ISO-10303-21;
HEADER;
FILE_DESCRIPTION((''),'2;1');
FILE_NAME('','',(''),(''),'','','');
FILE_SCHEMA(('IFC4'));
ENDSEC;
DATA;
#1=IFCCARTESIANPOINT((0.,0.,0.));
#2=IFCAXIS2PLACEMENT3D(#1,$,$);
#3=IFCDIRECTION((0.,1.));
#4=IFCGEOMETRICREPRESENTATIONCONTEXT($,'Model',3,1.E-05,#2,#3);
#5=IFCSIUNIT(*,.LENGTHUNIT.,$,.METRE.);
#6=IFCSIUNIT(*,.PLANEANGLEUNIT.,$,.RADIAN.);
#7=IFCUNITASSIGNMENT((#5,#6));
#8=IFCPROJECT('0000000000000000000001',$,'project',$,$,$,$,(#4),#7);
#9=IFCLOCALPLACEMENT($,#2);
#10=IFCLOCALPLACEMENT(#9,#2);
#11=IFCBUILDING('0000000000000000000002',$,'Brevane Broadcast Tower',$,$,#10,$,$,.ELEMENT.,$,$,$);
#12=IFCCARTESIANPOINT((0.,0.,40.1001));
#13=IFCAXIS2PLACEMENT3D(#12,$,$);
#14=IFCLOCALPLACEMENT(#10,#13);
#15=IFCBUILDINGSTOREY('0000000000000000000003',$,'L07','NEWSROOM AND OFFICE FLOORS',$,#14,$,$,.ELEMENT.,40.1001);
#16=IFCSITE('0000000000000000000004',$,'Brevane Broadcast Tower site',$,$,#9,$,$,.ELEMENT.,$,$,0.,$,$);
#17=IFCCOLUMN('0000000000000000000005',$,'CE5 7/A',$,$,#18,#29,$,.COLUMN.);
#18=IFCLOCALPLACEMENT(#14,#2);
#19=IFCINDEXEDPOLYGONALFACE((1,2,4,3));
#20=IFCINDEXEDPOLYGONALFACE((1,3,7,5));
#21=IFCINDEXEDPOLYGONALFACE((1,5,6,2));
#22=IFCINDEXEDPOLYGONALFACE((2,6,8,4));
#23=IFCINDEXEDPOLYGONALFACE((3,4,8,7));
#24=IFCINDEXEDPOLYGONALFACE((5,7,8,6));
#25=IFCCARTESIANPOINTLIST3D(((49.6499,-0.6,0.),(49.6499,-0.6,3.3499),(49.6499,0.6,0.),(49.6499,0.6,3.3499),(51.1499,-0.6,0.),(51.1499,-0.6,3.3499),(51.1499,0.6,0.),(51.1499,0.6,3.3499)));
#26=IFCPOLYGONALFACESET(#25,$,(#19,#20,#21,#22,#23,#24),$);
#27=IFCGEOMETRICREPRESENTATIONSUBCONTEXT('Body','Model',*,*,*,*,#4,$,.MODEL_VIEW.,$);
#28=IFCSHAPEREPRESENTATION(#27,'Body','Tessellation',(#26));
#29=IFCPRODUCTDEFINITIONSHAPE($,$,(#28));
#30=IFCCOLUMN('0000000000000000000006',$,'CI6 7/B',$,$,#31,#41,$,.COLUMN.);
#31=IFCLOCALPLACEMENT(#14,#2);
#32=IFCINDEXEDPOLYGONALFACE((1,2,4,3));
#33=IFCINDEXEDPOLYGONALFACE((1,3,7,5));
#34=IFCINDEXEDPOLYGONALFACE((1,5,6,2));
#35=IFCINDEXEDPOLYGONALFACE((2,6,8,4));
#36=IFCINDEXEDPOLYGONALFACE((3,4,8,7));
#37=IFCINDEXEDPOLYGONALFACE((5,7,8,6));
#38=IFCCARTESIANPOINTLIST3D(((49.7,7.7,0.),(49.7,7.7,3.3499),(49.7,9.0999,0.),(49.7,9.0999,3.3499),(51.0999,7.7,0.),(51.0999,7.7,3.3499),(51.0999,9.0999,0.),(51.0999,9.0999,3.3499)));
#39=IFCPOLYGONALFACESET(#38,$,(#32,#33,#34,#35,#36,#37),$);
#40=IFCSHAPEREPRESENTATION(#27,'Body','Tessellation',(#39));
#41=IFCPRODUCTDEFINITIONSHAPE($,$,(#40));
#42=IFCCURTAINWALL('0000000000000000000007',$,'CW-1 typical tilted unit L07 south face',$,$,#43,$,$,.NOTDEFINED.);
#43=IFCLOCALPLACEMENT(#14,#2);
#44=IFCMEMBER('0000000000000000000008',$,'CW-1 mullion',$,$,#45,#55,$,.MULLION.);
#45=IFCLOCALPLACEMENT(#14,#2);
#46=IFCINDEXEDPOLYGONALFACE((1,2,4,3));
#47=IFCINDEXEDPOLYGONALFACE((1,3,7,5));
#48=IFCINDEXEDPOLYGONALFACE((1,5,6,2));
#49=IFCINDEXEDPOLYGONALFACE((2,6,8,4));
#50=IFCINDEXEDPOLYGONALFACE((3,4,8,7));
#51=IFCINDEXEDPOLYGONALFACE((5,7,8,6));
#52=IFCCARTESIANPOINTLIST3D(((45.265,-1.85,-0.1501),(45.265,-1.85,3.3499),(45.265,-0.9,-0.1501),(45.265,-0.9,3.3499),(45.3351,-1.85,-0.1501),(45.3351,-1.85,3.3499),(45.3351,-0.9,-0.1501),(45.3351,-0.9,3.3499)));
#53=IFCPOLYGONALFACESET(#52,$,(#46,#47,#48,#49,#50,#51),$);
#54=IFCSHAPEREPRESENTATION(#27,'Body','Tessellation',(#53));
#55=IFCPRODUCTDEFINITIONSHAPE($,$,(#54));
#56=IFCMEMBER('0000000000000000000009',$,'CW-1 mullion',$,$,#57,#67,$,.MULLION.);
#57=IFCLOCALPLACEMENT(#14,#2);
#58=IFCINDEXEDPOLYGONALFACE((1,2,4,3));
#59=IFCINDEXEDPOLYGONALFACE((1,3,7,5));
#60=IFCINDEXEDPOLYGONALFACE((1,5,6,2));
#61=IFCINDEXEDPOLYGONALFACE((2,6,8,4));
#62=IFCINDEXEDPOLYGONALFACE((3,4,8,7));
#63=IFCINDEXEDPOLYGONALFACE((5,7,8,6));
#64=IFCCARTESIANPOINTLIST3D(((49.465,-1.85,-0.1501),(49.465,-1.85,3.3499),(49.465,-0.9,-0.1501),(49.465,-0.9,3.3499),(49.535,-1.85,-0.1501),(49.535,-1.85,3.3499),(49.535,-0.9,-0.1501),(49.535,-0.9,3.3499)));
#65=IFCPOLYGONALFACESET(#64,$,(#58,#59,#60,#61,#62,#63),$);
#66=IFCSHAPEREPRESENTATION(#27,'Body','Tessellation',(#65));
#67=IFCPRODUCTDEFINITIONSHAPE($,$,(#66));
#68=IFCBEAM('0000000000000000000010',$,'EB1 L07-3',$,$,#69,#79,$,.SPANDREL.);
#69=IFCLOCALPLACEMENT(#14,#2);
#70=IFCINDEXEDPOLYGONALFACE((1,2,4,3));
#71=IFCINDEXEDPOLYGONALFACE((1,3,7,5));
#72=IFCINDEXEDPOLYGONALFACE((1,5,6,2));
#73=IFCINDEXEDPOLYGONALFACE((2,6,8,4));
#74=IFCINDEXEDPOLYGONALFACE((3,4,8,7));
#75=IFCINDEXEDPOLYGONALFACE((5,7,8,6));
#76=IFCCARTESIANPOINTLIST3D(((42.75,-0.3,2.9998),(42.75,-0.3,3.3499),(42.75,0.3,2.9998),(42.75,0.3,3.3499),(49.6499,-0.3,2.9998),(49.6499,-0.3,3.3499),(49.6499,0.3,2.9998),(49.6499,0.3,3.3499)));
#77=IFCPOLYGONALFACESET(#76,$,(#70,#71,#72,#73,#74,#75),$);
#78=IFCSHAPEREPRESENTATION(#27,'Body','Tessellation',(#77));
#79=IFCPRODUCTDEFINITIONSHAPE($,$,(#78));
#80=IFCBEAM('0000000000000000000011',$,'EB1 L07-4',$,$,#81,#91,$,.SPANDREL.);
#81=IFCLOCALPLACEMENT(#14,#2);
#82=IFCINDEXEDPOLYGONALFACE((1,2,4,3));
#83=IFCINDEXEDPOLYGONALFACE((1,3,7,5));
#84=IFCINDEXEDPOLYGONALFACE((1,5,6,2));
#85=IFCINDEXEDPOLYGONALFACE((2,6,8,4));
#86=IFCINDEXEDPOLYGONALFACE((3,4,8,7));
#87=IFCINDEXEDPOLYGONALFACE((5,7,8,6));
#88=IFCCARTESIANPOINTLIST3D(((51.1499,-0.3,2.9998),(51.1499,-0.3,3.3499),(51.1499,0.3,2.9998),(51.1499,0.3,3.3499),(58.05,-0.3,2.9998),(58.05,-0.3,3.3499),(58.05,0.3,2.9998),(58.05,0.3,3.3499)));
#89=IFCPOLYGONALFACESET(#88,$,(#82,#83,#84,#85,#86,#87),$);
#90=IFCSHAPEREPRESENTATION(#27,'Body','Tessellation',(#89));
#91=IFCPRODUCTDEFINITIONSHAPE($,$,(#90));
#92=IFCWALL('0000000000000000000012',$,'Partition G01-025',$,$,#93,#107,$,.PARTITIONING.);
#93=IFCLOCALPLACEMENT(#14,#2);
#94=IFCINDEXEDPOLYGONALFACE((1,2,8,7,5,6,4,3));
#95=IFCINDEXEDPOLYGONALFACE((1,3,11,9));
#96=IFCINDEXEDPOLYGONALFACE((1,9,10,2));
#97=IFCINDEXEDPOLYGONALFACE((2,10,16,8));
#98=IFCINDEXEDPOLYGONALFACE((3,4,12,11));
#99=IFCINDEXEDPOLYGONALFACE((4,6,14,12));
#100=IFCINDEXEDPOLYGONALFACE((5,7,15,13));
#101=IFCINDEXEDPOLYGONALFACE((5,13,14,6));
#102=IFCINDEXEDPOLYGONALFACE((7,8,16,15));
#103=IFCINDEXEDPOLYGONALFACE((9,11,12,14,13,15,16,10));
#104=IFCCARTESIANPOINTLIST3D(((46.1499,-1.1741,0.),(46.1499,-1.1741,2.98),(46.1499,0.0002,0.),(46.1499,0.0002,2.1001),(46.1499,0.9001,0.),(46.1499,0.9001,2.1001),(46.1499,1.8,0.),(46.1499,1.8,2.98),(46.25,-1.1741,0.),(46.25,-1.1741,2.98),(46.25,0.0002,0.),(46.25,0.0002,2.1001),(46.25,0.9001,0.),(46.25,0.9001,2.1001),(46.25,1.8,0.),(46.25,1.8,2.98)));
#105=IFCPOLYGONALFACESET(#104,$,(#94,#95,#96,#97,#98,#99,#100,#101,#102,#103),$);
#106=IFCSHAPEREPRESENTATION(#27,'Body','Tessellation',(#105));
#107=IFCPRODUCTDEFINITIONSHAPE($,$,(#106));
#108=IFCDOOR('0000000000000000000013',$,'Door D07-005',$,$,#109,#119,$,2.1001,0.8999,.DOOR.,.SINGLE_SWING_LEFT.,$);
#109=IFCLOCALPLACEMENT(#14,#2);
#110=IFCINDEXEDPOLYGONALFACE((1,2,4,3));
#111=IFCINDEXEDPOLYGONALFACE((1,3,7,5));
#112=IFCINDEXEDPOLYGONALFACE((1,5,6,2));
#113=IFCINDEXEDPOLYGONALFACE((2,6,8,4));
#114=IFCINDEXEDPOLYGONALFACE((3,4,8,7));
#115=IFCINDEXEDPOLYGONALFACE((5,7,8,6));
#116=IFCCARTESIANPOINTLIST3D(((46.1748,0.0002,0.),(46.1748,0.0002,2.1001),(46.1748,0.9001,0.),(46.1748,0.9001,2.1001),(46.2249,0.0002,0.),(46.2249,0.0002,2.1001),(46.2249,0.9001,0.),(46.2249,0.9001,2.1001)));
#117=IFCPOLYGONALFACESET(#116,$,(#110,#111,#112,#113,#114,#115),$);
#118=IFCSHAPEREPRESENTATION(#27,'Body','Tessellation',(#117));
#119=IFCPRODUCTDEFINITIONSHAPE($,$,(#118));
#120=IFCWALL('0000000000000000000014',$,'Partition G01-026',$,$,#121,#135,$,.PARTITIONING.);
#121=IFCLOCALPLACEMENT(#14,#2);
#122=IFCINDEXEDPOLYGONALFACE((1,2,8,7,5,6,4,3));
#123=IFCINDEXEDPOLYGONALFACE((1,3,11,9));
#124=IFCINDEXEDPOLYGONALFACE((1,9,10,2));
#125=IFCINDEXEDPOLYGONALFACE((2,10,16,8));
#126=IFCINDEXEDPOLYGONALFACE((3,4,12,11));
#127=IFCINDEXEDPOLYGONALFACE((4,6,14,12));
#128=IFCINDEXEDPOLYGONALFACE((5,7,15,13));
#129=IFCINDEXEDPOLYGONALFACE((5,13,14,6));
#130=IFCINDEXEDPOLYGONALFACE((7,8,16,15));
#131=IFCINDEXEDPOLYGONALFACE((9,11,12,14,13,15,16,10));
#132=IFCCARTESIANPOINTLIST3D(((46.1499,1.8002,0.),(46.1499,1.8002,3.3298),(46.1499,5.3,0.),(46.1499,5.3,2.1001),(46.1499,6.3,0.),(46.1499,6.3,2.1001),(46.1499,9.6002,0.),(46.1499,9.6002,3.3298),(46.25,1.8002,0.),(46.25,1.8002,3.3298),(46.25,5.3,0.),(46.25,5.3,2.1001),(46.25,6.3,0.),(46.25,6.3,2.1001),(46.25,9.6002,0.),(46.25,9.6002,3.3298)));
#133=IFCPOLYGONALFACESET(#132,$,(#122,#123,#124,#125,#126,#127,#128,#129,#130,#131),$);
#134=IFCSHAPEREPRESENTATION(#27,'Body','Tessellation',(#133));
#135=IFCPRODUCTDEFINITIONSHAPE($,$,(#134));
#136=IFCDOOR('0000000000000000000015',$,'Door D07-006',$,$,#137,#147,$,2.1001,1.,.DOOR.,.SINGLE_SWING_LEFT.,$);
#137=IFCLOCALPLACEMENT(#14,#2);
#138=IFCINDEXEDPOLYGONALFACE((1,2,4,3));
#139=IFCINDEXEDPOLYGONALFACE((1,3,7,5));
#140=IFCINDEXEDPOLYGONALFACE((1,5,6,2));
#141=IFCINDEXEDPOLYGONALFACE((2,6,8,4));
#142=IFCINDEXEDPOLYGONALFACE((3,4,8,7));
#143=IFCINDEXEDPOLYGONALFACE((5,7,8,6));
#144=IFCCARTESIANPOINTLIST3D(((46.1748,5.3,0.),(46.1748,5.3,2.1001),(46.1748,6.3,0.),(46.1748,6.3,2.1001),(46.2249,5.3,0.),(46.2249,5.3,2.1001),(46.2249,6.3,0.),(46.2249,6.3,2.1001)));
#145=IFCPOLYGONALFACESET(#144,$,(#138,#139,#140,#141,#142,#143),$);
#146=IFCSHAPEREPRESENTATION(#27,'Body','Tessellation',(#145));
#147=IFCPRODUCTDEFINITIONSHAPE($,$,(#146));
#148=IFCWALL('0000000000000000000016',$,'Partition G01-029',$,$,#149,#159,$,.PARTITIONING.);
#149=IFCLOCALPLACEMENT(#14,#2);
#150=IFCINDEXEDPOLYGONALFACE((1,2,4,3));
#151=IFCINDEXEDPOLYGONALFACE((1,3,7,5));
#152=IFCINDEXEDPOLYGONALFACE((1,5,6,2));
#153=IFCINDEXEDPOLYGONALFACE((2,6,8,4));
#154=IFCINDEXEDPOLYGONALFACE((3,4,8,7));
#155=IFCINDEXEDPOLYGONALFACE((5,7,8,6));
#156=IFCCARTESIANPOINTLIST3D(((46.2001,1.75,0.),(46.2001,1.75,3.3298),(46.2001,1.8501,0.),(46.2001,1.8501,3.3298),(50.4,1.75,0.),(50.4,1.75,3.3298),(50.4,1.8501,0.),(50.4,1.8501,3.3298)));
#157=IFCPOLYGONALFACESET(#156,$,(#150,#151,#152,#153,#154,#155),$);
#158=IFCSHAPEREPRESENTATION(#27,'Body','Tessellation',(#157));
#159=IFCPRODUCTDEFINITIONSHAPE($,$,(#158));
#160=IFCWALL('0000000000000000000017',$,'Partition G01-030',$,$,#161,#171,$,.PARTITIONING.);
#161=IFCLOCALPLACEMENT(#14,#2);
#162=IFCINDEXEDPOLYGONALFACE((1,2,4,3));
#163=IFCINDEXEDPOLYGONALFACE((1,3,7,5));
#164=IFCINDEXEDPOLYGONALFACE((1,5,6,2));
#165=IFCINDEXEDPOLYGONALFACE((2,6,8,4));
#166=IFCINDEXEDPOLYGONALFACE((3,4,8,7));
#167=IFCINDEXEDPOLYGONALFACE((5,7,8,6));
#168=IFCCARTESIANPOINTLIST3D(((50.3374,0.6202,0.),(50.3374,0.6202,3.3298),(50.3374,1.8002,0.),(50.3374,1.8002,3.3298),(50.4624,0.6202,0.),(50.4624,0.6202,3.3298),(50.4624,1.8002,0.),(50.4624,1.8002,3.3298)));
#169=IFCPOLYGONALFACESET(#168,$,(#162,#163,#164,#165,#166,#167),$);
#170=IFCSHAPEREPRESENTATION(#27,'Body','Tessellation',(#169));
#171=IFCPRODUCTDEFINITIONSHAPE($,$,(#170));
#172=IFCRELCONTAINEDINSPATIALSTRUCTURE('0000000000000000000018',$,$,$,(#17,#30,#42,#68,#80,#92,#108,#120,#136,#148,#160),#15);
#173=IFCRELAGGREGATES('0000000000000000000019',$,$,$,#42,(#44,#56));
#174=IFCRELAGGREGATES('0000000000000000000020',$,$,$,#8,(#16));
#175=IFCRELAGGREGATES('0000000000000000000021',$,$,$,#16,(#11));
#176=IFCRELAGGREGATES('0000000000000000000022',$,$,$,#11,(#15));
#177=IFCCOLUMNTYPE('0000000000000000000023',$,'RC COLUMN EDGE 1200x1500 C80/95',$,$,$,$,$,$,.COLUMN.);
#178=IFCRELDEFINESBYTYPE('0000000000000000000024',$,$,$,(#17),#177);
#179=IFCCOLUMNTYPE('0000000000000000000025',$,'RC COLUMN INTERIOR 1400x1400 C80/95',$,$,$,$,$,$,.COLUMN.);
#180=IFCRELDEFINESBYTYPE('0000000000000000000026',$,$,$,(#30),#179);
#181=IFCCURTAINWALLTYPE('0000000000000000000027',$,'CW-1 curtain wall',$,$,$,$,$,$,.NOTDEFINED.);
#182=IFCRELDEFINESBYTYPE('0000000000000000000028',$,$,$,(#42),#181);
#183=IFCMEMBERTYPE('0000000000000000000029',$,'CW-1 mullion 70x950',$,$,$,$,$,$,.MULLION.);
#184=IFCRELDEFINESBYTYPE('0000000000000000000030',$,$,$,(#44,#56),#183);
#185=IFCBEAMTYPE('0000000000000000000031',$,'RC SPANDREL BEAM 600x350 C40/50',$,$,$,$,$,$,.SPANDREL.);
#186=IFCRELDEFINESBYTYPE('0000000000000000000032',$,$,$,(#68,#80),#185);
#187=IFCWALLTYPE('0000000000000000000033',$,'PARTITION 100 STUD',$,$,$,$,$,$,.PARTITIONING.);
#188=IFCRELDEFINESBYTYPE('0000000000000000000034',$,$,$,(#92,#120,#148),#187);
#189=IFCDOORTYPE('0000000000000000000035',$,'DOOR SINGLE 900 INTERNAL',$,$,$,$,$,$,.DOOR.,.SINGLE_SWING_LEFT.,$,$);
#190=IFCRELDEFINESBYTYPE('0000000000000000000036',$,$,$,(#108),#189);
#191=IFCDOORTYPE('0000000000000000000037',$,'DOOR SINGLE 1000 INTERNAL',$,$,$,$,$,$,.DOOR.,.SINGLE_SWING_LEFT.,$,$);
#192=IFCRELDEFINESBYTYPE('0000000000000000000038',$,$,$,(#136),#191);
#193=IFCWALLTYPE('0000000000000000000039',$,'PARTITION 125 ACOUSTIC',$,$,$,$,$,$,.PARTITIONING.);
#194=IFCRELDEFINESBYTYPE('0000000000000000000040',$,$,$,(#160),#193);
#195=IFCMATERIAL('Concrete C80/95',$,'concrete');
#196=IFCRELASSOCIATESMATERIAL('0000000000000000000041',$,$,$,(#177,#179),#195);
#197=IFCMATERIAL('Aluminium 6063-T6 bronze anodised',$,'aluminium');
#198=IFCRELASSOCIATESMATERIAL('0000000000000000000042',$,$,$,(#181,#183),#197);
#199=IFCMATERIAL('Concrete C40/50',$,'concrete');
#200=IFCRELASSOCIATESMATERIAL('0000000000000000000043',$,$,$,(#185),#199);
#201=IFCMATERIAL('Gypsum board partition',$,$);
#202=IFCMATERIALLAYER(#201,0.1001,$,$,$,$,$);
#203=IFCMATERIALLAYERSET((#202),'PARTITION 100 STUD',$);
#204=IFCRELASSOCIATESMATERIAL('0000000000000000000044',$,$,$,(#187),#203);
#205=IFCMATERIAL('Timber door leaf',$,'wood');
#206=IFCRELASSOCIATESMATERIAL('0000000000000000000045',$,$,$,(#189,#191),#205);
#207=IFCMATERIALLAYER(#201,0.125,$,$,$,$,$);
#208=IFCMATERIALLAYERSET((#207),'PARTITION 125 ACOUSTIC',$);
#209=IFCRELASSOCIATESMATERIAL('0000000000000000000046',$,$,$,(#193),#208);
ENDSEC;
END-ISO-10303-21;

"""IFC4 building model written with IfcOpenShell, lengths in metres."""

from ifc_helpers import new_model, si_unit, direction, frame, frame_2d, origin, origin_2d, place, context, subcontext, project, spatial, rectangle, extrude, material, layer, layer_set, material_profile, profile_set, type_object, element, fill, aggregate, save


model = new_model("IFC4")

# Units and contexts
model_context = context("Model", 3, precision=1e-05, world=origin(), true_north=direction((0.0, 1.0)))
body_context = subcontext(model_context, "Body", "Model", "MODEL_VIEW")
ifc_project = project(units=[si_unit("LENGTHUNIT", "METRE"), si_unit("PLANEANGLEUNIT", "RADIAN")], contexts=[model_context])

# Site, building, storey
site_placement = place(None, origin())
site = spatial("IfcSite", under=ifc_project, at=site_placement, Name="Brevane Broadcast Tower site", CompositionType="ELEMENT", RefElevation=0.0)
building_placement = place(site_placement, origin())
building = spatial("IfcBuilding", under=site, at=building_placement, Name="Brevane Broadcast Tower", CompositionType="ELEMENT")
storey_placement = place(building_placement, frame((0.0, 0.0, 40.1001)))
storey = spatial("IfcBuildingStorey", under=building, at=storey_placement, Name="L07", Description="NEWSROOM AND OFFICE FLOORS", CompositionType="ELEMENT", Elevation=40.1001)

# Columns
ifc_material_1 = material(Name="Concrete C80/95", Category="concrete")
ifc_material_profile_1 = material_profile(ifc_material_1, rectangle(XDim=1.2, YDim=1.5, at=origin_2d()), Name="RC 1200x1500")
ifc_profile_set_1 = profile_set([ifc_material_profile_1], Name="Concrete C80/95")
column_type_1 = type_object("IfcColumnType", Name="RC COLUMN EDGE 1200x1500 C80/95", PredefinedType="COLUMN", material=ifc_profile_set_1)
column_1_placement = place(storey_placement, frame((50.3999, 0.0, 0.0), z_axis=(0.0, 0.0, 1.0), x_axis=(0.0, 1.0, 0.0)))
element("IfcColumn", 1, at=column_1_placement, inside=storey, type_object=column_type_1, Name="CE5 7/A", PredefinedType="COLUMN", context=body_context, shape_type="SweptSolid", body=[
    extrude(rectangle(XDim=1.2, YDim=1.5, at=origin_2d()), origin(), (0.0, 0.0, 1.0), 3.3499),
])
ifc_material_profile_2 = material_profile(ifc_material_1, rectangle(XDim=1.3999, YDim=1.3999, at=origin_2d()), Name="RC 1400x1400")
ifc_profile_set_2 = profile_set([ifc_material_profile_2], Name="Concrete C80/95")
column_type_2 = type_object("IfcColumnType", Name="RC COLUMN INTERIOR 1400x1400 C80/95", PredefinedType="COLUMN", material=ifc_profile_set_2)
column_2_placement = place(storey_placement, frame((50.3999, 8.3999, 0.0), z_axis=(0.0, 0.0, 1.0), x_axis=(1.0, 0.0, 0.0)))
element("IfcColumn", 2, at=column_2_placement, inside=storey, type_object=column_type_2, Name="CI6 7/B", PredefinedType="COLUMN", context=body_context, shape_type="SweptSolid", body=[
    extrude(rectangle(XDim=1.3999, YDim=1.3999, at=origin_2d()), origin(), (0.0, 0.0, 1.0), 3.3499),
])

# Curtain wall, members
ifc_material_2 = material(Name="Aluminium 6063-T6 bronze anodised", Category="aluminium")
curtain_wall_type = type_object("IfcCurtainWallType", Name="CW-1 curtain wall", PredefinedType="NOTDEFINED", material=ifc_material_2)
curtain_wall_placement = place(storey_placement, origin())
curtain_wall = element("IfcCurtainWall", 3, at=curtain_wall_placement, inside=storey, type_object=curtain_wall_type, Name="CW-1 typical tilted unit L07 south face", PredefinedType="NOTDEFINED")
ifc_material_profile_3 = material_profile(ifc_material_2, rectangle(XDim=0.95, YDim=0.0701, at=origin_2d()), Name="RECT 70x950")
ifc_profile_set_3 = profile_set([ifc_material_profile_3], Name="Aluminium 6063-T6 bronze anodised")
member_type = type_object("IfcMemberType", Name="CW-1 mullion 70x950", PredefinedType="MULLION", material=ifc_profile_set_3)
member_1_placement = place(storey_placement, frame((45.3, -1.375, -0.1501), z_axis=(0.0, 0.0, 1.0), x_axis=(0.0, 1.0, 0.0)))
member_1 = element("IfcMember", 4, at=member_1_placement, type_object=member_type, Name="CW-1 mullion", PredefinedType="MULLION", context=body_context, shape_type="SweptSolid", body=[
    extrude(rectangle(XDim=0.95, YDim=0.0701, at=origin_2d()), origin(), (0.0, 0.0, 1.0), 3.5),
])
member_2_placement = place(storey_placement, frame((49.5, -1.375, -0.1501), z_axis=(0.0, 0.0, 1.0), x_axis=(0.0, 1.0, 0.0)))
member_2 = element("IfcMember", 5, at=member_2_placement, type_object=member_type, Name="CW-1 mullion", PredefinedType="MULLION", context=body_context, shape_type="SweptSolid", body=[
    extrude(rectangle(XDim=0.95, YDim=0.0701, at=origin_2d()), origin(), (0.0, 0.0, 1.0), 3.5),
])
aggregate(curtain_wall, [member_1, member_2])

# Beams
ifc_material_3 = material(Name="Concrete C40/50", Category="concrete")
ifc_material_profile_4 = material_profile(ifc_material_3, rectangle(XDim=0.6001, YDim=0.3501, at=origin_2d()), Name="RC 600x350")
ifc_profile_set_4 = profile_set([ifc_material_profile_4], Name="Concrete C40/50")
beam_type = type_object("IfcBeamType", Name="RC SPANDREL BEAM 600x350 C40/50", PredefinedType="SPANDREL", material=ifc_profile_set_4)
beam_1_placement = place(storey_placement, frame((42.75, 0.0, 3.1748), z_axis=(1.0, 0.0, 0.0), x_axis=(0.0, 1.0, 0.0)))
element("IfcBeam", 6, at=beam_1_placement, inside=storey, type_object=beam_type, Name="EB1 L07-3", PredefinedType="SPANDREL", context=body_context, shape_type="SweptSolid", body=[
    extrude(rectangle(XDim=0.6001, YDim=0.3501, at=origin_2d()), origin(), (0.0, 0.0, 1.0), 6.8999),
])
beam_2_placement = place(storey_placement, frame((51.1499, 0.0, 3.1748), z_axis=(1.0, 0.0, 0.0), x_axis=(0.0, 1.0, 0.0)))
element("IfcBeam", 7, at=beam_2_placement, inside=storey, type_object=beam_type, Name="EB1 L07-4", PredefinedType="SPANDREL", context=body_context, shape_type="SweptSolid", body=[
    extrude(rectangle(XDim=0.6001, YDim=0.3501, at=origin_2d()), origin(), (0.0, 0.0, 1.0), 6.9001),
])

# Walls, openings, doors
ifc_material_4 = material(Name="Gypsum board partition")
ifc_layer_1 = layer(ifc_material_4, 0.1001)
ifc_layer_set_1 = layer_set([ifc_layer_1], Name="PARTITION 100 STUD")
wall_type_1 = type_object("IfcWallType", Name="PARTITION 100 STUD", PredefinedType="PARTITIONING", material=ifc_layer_set_1)
wall_1_placement = place(storey_placement, frame((46.2, 1.8, 0.0), z_axis=(0.0, 0.0, 1.0), x_axis=(0.0, -1.0, 0.0)))
wall_1 = element("IfcWall", 8, at=wall_1_placement, inside=storey, type_object=wall_type_1, Name="Partition G01-025", PredefinedType="PARTITIONING", context=body_context, shape_type="SweptSolid", body=[
    extrude(rectangle(XDim=2.9741, YDim=0.1001, at=frame_2d((1.4871, 0.0))), origin(), (0.0, 0.0, 1.0), 2.98),
])
opening_1_placement = place(wall_1_placement, frame((0.8999, 0.0, 0.0)))
opening_1 = element("IfcOpeningElement", 9, at=opening_1_placement, cuts=wall_1, PredefinedType="OPENING", context=body_context, shape_type="SweptSolid", body=[
    extrude(rectangle(XDim=0.8999, YDim=2.1001, at=frame_2d((0.45, 1.05))), frame((0.0, 0.0601, 0.0), z_axis=(0.0, -1.0, 0.0), x_axis=(1.0, 0.0, 0.0)), (0.0, 0.0, 1.0), 0.1201),
])
ifc_material_5 = material(Name="Timber door leaf", Category="wood")
door_type_1 = type_object("IfcDoorType", Name="DOOR SINGLE 900 INTERNAL", OperationType="SINGLE_SWING_LEFT", PredefinedType="DOOR", material=ifc_material_5)
door_1_placement = place(opening_1_placement, origin())
door_1 = element("IfcDoor", 10, at=door_1_placement, inside=storey, type_object=door_type_1, Name="Door D07-005", OperationType="SINGLE_SWING_LEFT", OverallHeight=2.1001, OverallWidth=0.8999, PredefinedType="DOOR", context=body_context, shape_type="SweptSolid", body=[
    extrude(rectangle(XDim=0.8999, YDim=2.1001, at=frame_2d((0.45, 1.05))), frame((0.0, 0.0249, 0.0), z_axis=(0.0, -1.0, 0.0), x_axis=(1.0, 0.0, 0.0)), (0.0, 0.0, 1.0), 0.05),
])
fill(opening_1, door_1)
wall_2_placement = place(storey_placement, frame((46.2, 9.6001, 0.0), z_axis=(0.0, 0.0, 1.0), x_axis=(0.0, -1.0, 0.0)))
wall_2 = element("IfcWall", 11, at=wall_2_placement, inside=storey, type_object=wall_type_1, Name="Partition G01-026", PredefinedType="PARTITIONING", context=body_context, shape_type="SweptSolid", body=[
    extrude(rectangle(XDim=7.8, YDim=0.1001, at=frame_2d((3.8999, 0.0))), origin(), (0.0, 0.0, 1.0), 3.3298),
])
opening_2_placement = place(wall_2_placement, frame((3.3, 0.0, 0.0)))
opening_2 = element("IfcOpeningElement", 12, at=opening_2_placement, cuts=wall_2, PredefinedType="OPENING", context=body_context, shape_type="SweptSolid", body=[
    extrude(rectangle(XDim=1.0, YDim=2.1001, at=frame_2d((0.5, 1.05))), frame((0.0, 0.0601, 0.0), z_axis=(0.0, -1.0, 0.0), x_axis=(1.0, 0.0, 0.0)), (0.0, 0.0, 1.0), 0.1201),
])
door_type_2 = type_object("IfcDoorType", Name="DOOR SINGLE 1000 INTERNAL", OperationType="SINGLE_SWING_LEFT", PredefinedType="DOOR", material=ifc_material_5)
door_2_placement = place(opening_2_placement, origin())
door_2 = element("IfcDoor", 13, at=door_2_placement, inside=storey, type_object=door_type_2, Name="Door D07-006", OperationType="SINGLE_SWING_LEFT", OverallHeight=2.1001, OverallWidth=1.0, PredefinedType="DOOR", context=body_context, shape_type="SweptSolid", body=[
    extrude(rectangle(XDim=1.0, YDim=2.1001, at=frame_2d((0.5, 1.05))), frame((0.0, 0.0249, 0.0), z_axis=(0.0, -1.0, 0.0), x_axis=(1.0, 0.0, 0.0)), (0.0, 0.0, 1.0), 0.05),
])
fill(opening_2, door_2)

# Walls
wall_3_placement = place(storey_placement, frame((46.2, 1.8, 0.0), z_axis=(0.0, 0.0, 1.0), x_axis=(1.0, 0.0, 0.0)))
element("IfcWall", 14, at=wall_3_placement, inside=storey, type_object=wall_type_1, Name="Partition G01-029", PredefinedType="PARTITIONING", context=body_context, shape_type="SweptSolid", body=[
    extrude(rectangle(XDim=4.2, YDim=0.1001, at=frame_2d((2.1001, 0.0))), origin(), (0.0, 0.0, 1.0), 3.3298),
])
ifc_layer_2 = layer(ifc_material_4, 0.125)
ifc_layer_set_2 = layer_set([ifc_layer_2], Name="PARTITION 125 ACOUSTIC")
wall_type_2 = type_object("IfcWallType", Name="PARTITION 125 ACOUSTIC", PredefinedType="PARTITIONING", material=ifc_layer_set_2)
wall_4_placement = place(storey_placement, frame((50.3999, 1.8, 0.0), z_axis=(0.0, 0.0, 1.0), x_axis=(0.0, -1.0, 0.0)))
element("IfcWall", 15, at=wall_4_placement, inside=storey, type_object=wall_type_2, Name="Partition G01-030", PredefinedType="PARTITIONING", context=body_context, shape_type="SweptSolid", body=[
    extrude(rectangle(XDim=1.1799, YDim=0.125, at=frame_2d((0.5898, 0.0))), origin(), (0.0, 0.0, 1.0), 3.3298),
])

save(model, "model.ifc")
